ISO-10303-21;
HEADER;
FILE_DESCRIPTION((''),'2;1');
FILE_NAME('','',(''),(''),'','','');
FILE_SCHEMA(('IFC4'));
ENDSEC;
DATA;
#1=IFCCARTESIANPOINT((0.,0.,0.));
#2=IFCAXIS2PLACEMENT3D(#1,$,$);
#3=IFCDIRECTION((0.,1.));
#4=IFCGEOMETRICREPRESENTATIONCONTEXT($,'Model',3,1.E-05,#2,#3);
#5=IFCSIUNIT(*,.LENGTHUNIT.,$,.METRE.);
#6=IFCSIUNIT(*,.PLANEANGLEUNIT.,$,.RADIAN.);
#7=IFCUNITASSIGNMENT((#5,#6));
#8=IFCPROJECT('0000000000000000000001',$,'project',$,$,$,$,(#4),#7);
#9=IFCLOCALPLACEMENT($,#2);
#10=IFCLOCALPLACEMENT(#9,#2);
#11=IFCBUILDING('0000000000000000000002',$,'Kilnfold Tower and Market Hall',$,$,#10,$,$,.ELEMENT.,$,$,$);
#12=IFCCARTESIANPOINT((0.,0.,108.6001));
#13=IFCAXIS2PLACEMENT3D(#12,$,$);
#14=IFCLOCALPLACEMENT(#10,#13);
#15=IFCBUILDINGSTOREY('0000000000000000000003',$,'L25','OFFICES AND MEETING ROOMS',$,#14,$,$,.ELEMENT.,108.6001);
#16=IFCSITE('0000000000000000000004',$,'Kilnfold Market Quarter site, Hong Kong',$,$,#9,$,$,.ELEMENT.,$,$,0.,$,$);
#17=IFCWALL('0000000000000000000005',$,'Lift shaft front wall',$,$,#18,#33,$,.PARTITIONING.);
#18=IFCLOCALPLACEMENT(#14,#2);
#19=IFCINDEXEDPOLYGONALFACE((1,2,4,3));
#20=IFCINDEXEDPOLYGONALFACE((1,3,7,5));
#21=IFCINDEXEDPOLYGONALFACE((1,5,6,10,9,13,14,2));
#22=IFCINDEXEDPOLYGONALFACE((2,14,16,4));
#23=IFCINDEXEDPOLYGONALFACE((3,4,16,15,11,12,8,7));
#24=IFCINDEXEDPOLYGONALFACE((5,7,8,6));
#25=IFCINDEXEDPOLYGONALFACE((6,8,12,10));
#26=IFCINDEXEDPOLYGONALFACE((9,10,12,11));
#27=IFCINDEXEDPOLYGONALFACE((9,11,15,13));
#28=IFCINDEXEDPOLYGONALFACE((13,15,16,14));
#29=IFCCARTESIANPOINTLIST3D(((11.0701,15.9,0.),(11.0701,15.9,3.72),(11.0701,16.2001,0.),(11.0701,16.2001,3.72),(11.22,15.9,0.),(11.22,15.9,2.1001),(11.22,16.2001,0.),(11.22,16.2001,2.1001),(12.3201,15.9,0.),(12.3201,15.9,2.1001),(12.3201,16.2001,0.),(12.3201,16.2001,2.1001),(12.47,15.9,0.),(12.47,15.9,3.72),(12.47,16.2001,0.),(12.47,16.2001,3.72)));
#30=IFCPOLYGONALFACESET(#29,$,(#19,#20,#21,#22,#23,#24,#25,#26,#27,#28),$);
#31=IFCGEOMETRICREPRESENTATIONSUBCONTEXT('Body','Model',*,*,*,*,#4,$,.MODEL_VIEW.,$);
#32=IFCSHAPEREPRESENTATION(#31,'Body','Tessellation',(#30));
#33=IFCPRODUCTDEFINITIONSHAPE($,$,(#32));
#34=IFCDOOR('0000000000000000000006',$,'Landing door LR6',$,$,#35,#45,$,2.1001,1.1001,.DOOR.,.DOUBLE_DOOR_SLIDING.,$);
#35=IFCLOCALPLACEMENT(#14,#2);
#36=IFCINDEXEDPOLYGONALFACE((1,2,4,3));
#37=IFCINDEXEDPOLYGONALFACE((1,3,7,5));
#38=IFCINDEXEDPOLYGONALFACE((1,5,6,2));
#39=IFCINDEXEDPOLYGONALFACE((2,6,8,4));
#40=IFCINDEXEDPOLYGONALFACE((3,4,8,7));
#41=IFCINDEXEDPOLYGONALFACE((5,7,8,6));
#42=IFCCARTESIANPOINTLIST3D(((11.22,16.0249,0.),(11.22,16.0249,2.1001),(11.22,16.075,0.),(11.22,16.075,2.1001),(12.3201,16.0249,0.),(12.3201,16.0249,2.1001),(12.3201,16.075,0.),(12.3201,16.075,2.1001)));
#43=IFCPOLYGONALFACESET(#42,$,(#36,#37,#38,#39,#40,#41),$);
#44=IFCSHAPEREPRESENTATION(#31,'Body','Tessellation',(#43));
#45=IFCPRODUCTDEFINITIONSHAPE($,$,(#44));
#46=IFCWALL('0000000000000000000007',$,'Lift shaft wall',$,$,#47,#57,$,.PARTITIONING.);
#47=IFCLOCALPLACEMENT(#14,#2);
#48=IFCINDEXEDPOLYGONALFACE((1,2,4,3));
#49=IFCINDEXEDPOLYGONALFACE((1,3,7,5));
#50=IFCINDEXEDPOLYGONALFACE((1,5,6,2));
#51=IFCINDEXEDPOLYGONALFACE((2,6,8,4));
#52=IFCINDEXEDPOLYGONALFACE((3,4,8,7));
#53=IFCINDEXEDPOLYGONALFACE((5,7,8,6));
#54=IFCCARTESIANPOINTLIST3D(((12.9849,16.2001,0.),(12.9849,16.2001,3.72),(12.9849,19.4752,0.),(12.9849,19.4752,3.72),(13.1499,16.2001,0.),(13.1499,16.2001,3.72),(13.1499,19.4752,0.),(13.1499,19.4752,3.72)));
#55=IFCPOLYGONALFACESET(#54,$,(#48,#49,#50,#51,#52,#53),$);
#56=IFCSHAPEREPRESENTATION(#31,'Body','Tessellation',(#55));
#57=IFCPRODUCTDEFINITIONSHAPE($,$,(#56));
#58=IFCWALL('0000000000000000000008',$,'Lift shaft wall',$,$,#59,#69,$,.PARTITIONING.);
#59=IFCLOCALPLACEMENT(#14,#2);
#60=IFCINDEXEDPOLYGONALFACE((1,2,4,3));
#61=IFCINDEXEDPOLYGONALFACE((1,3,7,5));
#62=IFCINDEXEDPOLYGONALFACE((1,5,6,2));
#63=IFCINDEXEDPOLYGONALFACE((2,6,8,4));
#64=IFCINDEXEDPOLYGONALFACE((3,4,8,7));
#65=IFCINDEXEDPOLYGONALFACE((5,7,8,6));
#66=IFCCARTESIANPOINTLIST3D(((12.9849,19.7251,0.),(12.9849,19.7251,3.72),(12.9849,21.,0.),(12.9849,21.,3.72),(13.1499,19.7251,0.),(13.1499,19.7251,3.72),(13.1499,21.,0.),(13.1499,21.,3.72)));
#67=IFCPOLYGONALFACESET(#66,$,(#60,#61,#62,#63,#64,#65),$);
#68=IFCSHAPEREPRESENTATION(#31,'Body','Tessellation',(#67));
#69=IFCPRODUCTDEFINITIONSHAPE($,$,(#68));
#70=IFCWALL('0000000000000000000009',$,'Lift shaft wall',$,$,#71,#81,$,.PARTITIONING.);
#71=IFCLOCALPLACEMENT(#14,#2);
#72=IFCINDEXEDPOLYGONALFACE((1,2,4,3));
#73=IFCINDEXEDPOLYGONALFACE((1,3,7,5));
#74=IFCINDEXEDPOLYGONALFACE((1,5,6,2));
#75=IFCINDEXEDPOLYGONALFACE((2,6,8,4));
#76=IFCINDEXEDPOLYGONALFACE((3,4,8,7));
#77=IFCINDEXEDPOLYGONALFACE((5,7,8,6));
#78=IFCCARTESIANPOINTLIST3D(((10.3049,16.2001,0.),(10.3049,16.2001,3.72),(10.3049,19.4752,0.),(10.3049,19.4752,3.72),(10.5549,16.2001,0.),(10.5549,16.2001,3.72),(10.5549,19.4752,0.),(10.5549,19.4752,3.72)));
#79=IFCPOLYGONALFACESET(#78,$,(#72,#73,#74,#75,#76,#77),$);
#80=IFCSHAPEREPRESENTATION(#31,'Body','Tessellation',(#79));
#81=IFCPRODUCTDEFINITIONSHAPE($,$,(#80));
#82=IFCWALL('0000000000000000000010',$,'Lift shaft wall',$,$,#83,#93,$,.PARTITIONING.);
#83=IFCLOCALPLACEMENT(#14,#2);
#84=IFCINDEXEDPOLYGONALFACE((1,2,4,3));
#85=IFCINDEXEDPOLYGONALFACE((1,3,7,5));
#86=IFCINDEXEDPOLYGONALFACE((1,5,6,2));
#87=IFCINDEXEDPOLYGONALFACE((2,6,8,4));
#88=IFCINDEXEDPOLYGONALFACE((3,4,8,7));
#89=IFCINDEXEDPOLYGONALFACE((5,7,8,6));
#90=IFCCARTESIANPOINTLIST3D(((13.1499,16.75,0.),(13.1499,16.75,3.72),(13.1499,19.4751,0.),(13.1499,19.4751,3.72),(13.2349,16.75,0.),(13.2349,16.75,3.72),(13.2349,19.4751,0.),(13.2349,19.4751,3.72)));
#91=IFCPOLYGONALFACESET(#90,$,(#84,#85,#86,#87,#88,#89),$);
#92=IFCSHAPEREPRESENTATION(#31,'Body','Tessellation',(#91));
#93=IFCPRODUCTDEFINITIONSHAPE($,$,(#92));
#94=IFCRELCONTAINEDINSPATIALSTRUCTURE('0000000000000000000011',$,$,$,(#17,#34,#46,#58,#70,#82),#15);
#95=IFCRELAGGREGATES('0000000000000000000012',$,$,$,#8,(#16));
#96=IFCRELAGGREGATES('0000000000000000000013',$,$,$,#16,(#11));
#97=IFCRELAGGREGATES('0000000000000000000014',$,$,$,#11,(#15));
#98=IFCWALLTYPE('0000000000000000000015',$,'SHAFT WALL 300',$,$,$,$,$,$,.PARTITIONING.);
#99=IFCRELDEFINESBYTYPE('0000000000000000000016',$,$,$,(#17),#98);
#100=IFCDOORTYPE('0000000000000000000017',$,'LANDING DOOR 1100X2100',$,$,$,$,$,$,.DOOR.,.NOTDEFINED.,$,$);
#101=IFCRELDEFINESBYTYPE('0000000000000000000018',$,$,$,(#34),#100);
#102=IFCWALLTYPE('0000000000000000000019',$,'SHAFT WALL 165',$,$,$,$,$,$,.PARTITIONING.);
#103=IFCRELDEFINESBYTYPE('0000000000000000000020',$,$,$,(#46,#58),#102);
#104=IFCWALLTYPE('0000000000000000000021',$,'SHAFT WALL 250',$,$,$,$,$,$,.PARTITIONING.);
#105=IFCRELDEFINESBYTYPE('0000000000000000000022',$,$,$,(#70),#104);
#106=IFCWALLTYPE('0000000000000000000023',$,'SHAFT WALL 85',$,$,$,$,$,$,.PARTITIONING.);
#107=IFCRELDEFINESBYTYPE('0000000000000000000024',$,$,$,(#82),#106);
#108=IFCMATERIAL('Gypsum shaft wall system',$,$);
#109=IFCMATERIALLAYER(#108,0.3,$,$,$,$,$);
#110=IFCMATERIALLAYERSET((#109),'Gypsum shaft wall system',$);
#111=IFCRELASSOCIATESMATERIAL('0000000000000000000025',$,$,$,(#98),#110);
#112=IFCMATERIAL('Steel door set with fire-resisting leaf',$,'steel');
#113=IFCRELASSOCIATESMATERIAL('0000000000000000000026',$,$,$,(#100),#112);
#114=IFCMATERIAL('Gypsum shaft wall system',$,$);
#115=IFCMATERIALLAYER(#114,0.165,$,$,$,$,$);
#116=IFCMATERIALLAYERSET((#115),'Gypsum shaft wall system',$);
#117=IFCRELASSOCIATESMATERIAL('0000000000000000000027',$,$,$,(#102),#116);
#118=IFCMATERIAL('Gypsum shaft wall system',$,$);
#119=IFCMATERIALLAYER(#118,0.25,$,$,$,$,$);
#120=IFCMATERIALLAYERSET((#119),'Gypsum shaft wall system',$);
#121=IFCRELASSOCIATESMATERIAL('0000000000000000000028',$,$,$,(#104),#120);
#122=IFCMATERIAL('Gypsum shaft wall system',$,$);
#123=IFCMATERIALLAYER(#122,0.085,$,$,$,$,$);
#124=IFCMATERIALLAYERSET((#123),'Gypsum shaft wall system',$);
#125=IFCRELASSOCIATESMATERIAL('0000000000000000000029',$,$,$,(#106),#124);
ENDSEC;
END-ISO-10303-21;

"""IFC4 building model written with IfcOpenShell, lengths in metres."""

from ifc_helpers import new_model, si_unit, direction, frame, frame_2d, origin, place, context, subcontext, project, spatial, rectangle, extrude, source, transform, mapped, material, layer, layer_set, type_object, element, fill, save


model = new_model("IFC4")

# Units and contexts
model_context = context("Model", 3, precision=1e-05, world=origin(), true_north=direction((0.0, 1.0)))
body_context = subcontext(model_context, "Body", "Model", "MODEL_VIEW")
ifc_project = project(units=[si_unit("LENGTHUNIT", "METRE"), si_unit("PLANEANGLEUNIT", "RADIAN")], contexts=[model_context])

# Site, building, storey
site_placement = place(None, origin())
site = spatial("IfcSite", under=ifc_project, at=site_placement, Name="Kilnfold Market Quarter site, Hong Kong", CompositionType="ELEMENT", RefElevation=0.0)
building_placement = place(site_placement, origin())
building = spatial("IfcBuilding", under=site, at=building_placement, Name="Kilnfold Tower and Market Hall", CompositionType="ELEMENT")
storey_placement = place(building_placement, frame((0.0, 0.0, 108.6001)))
storey = spatial("IfcBuildingStorey", under=building, at=storey_placement, Name="L25", Description="OFFICES AND MEETING ROOMS", CompositionType="ELEMENT", Elevation=108.6001)

# Wall, opening, door
ifc_material_1 = material(Name="Gypsum shaft wall system")
ifc_layer_1 = layer(ifc_material_1, 0.3)
ifc_layer_set_1 = layer_set([ifc_layer_1], Name="Gypsum shaft wall system")
wall_type_1 = type_object("IfcWallType", Name="SHAFT WALL 300", PredefinedType="PARTITIONING", material=ifc_layer_set_1)
shared_shape_1 = source(origin(), body_context, "Body", "SweptSolid", [
    extrude(rectangle(XDim=1.3999, YDim=0.3, at=frame_2d((0.7, 0.0))), origin(), (0.0, 0.0, 1.0), 3.72),
])
wall_1_placement = place(storey_placement, frame((11.0701, 16.05, 0.0), z_axis=(0.0, 0.0, 1.0), x_axis=(1.0, 0.0, 0.0)))
wall_1 = element("IfcWall", 1, at=wall_1_placement, inside=storey, type_object=wall_type_1, Name="Lift shaft front wall", PredefinedType="PARTITIONING", context=body_context, shape_type="MappedRepresentation", body=[
    mapped(shared_shape_1, transform((0.0, 0.0, 0.0))),
])
opening_1_placement = place(wall_1_placement, frame((0.1499, 0.0, 0.0)))
opening_1 = element("IfcOpeningElement", 2, at=opening_1_placement, cuts=wall_1, PredefinedType="OPENING", context=body_context, shape_type="SweptSolid", body=[
    extrude(rectangle(XDim=1.1001, YDim=2.1001, at=frame_2d((0.55, 1.05))), frame((0.0, 0.1602, 0.0), z_axis=(0.0, -1.0, 0.0), x_axis=(1.0, 0.0, 0.0)), (0.0, 0.0, 1.0), 0.3201),
])
ifc_material_2 = material(Name="Steel door set with fire-resisting leaf", Category="steel")
door_type = type_object("IfcDoorType", Name="LANDING DOOR 1100X2100", OperationType="NOTDEFINED", PredefinedType="DOOR", material=ifc_material_2)
door_placement = place(opening_1_placement, origin())
door = element("IfcDoor", 3, at=door_placement, inside=storey, type_object=door_type, Name="Landing door LR6", OperationType="DOUBLE_DOOR_SLIDING", OverallHeight=2.1001, OverallWidth=1.1001, PredefinedType="DOOR", context=body_context, shape_type="SweptSolid", body=[
    extrude(rectangle(XDim=1.1001, YDim=2.1001, at=frame_2d((0.55, 1.05))), frame((0.0, 0.0249, 0.0), z_axis=(0.0, -1.0, 0.0), x_axis=(1.0, 0.0, 0.0)), (0.0, 0.0, 1.0), 0.05),
])
fill(opening_1, door)

# Walls
ifc_material_3 = material(Name="Gypsum shaft wall system")
ifc_layer_2 = layer(ifc_material_3, 0.165)
ifc_layer_set_2 = layer_set([ifc_layer_2], Name="Gypsum shaft wall system")
wall_type_2 = type_object("IfcWallType", Name="SHAFT WALL 165", PredefinedType="PARTITIONING", material=ifc_layer_set_2)
shared_shape_2 = source(origin(), body_context, "Body", "SweptSolid", [
    extrude(rectangle(XDim=3.2751, YDim=0.165, at=frame_2d((1.6377, 0.0))), origin(), (0.0, 0.0, 1.0), 3.72),
])
wall_2_placement = place(storey_placement, frame((13.0674, 16.2, 0.0), z_axis=(0.0, 0.0, 1.0), x_axis=(0.0, 1.0, 0.0)))
element("IfcWall", 4, at=wall_2_placement, inside=storey, type_object=wall_type_2, Name="Lift shaft wall", PredefinedType="PARTITIONING", context=body_context, shape_type="MappedRepresentation", body=[
    mapped(shared_shape_2, transform((0.0, 0.0, 0.0))),
])
shared_shape_3 = source(origin(), body_context, "Body", "SweptSolid", [
    extrude(rectangle(XDim=1.2749, YDim=0.165, at=frame_2d((0.6375, 0.0))), origin(), (0.0, 0.0, 1.0), 3.72),
])
wall_3_placement = place(storey_placement, frame((13.0674, 19.7251, 0.0), z_axis=(0.0, 0.0, 1.0), x_axis=(0.0, 1.0, 0.0)))
element("IfcWall", 5, at=wall_3_placement, inside=storey, type_object=wall_type_2, Name="Lift shaft wall", PredefinedType="PARTITIONING", context=body_context, shape_type="MappedRepresentation", body=[
    mapped(shared_shape_3, transform((0.0, 0.0, 0.0))),
])
ifc_material_4 = material(Name="Gypsum shaft wall system")
ifc_layer_3 = layer(ifc_material_4, 0.25)
ifc_layer_set_3 = layer_set([ifc_layer_3], Name="Gypsum shaft wall system")
wall_type_3 = type_object("IfcWallType", Name="SHAFT WALL 250", PredefinedType="PARTITIONING", material=ifc_layer_set_3)
shared_shape_4 = source(origin(), body_context, "Body", "SweptSolid", [
    extrude(rectangle(XDim=3.2751, YDim=0.25, at=frame_2d((1.6377, 0.0))), origin(), (0.0, 0.0, 1.0), 3.72),
])
wall_4_placement = place(storey_placement, frame((10.4299, 16.2, 0.0), z_axis=(0.0, 0.0, 1.0), x_axis=(0.0, 1.0, 0.0)))
element("IfcWall", 6, at=wall_4_placement, inside=storey, type_object=wall_type_3, Name="Lift shaft wall", PredefinedType="PARTITIONING", context=body_context, shape_type="MappedRepresentation", body=[
    mapped(shared_shape_4, transform((0.0, 0.0, 0.0))),
])
ifc_material_5 = material(Name="Gypsum shaft wall system")
ifc_layer_4 = layer(ifc_material_5, 0.085)
ifc_layer_set_4 = layer_set([ifc_layer_4], Name="Gypsum shaft wall system")
wall_type_4 = type_object("IfcWallType", Name="SHAFT WALL 85", PredefinedType="PARTITIONING", material=ifc_layer_set_4)
shared_shape_5 = source(origin(), body_context, "Body", "SweptSolid", [
    extrude(rectangle(XDim=2.7251, YDim=0.085, at=frame_2d((1.3625, 0.0))), origin(), (0.0, 0.0, 1.0), 3.72),
])
wall_5_placement = place(storey_placement, frame((13.1924, 16.75, 0.0), z_axis=(0.0, 0.0, 1.0), x_axis=(0.0, 1.0, 0.0)))
element("IfcWall", 7, at=wall_5_placement, inside=storey, type_object=wall_type_4, Name="Lift shaft wall", PredefinedType="PARTITIONING", context=body_context, shape_type="MappedRepresentation", body=[
    mapped(shared_shape_5, transform((0.0, 0.0, 0.0))),
])

save(model, "model.ifc")
